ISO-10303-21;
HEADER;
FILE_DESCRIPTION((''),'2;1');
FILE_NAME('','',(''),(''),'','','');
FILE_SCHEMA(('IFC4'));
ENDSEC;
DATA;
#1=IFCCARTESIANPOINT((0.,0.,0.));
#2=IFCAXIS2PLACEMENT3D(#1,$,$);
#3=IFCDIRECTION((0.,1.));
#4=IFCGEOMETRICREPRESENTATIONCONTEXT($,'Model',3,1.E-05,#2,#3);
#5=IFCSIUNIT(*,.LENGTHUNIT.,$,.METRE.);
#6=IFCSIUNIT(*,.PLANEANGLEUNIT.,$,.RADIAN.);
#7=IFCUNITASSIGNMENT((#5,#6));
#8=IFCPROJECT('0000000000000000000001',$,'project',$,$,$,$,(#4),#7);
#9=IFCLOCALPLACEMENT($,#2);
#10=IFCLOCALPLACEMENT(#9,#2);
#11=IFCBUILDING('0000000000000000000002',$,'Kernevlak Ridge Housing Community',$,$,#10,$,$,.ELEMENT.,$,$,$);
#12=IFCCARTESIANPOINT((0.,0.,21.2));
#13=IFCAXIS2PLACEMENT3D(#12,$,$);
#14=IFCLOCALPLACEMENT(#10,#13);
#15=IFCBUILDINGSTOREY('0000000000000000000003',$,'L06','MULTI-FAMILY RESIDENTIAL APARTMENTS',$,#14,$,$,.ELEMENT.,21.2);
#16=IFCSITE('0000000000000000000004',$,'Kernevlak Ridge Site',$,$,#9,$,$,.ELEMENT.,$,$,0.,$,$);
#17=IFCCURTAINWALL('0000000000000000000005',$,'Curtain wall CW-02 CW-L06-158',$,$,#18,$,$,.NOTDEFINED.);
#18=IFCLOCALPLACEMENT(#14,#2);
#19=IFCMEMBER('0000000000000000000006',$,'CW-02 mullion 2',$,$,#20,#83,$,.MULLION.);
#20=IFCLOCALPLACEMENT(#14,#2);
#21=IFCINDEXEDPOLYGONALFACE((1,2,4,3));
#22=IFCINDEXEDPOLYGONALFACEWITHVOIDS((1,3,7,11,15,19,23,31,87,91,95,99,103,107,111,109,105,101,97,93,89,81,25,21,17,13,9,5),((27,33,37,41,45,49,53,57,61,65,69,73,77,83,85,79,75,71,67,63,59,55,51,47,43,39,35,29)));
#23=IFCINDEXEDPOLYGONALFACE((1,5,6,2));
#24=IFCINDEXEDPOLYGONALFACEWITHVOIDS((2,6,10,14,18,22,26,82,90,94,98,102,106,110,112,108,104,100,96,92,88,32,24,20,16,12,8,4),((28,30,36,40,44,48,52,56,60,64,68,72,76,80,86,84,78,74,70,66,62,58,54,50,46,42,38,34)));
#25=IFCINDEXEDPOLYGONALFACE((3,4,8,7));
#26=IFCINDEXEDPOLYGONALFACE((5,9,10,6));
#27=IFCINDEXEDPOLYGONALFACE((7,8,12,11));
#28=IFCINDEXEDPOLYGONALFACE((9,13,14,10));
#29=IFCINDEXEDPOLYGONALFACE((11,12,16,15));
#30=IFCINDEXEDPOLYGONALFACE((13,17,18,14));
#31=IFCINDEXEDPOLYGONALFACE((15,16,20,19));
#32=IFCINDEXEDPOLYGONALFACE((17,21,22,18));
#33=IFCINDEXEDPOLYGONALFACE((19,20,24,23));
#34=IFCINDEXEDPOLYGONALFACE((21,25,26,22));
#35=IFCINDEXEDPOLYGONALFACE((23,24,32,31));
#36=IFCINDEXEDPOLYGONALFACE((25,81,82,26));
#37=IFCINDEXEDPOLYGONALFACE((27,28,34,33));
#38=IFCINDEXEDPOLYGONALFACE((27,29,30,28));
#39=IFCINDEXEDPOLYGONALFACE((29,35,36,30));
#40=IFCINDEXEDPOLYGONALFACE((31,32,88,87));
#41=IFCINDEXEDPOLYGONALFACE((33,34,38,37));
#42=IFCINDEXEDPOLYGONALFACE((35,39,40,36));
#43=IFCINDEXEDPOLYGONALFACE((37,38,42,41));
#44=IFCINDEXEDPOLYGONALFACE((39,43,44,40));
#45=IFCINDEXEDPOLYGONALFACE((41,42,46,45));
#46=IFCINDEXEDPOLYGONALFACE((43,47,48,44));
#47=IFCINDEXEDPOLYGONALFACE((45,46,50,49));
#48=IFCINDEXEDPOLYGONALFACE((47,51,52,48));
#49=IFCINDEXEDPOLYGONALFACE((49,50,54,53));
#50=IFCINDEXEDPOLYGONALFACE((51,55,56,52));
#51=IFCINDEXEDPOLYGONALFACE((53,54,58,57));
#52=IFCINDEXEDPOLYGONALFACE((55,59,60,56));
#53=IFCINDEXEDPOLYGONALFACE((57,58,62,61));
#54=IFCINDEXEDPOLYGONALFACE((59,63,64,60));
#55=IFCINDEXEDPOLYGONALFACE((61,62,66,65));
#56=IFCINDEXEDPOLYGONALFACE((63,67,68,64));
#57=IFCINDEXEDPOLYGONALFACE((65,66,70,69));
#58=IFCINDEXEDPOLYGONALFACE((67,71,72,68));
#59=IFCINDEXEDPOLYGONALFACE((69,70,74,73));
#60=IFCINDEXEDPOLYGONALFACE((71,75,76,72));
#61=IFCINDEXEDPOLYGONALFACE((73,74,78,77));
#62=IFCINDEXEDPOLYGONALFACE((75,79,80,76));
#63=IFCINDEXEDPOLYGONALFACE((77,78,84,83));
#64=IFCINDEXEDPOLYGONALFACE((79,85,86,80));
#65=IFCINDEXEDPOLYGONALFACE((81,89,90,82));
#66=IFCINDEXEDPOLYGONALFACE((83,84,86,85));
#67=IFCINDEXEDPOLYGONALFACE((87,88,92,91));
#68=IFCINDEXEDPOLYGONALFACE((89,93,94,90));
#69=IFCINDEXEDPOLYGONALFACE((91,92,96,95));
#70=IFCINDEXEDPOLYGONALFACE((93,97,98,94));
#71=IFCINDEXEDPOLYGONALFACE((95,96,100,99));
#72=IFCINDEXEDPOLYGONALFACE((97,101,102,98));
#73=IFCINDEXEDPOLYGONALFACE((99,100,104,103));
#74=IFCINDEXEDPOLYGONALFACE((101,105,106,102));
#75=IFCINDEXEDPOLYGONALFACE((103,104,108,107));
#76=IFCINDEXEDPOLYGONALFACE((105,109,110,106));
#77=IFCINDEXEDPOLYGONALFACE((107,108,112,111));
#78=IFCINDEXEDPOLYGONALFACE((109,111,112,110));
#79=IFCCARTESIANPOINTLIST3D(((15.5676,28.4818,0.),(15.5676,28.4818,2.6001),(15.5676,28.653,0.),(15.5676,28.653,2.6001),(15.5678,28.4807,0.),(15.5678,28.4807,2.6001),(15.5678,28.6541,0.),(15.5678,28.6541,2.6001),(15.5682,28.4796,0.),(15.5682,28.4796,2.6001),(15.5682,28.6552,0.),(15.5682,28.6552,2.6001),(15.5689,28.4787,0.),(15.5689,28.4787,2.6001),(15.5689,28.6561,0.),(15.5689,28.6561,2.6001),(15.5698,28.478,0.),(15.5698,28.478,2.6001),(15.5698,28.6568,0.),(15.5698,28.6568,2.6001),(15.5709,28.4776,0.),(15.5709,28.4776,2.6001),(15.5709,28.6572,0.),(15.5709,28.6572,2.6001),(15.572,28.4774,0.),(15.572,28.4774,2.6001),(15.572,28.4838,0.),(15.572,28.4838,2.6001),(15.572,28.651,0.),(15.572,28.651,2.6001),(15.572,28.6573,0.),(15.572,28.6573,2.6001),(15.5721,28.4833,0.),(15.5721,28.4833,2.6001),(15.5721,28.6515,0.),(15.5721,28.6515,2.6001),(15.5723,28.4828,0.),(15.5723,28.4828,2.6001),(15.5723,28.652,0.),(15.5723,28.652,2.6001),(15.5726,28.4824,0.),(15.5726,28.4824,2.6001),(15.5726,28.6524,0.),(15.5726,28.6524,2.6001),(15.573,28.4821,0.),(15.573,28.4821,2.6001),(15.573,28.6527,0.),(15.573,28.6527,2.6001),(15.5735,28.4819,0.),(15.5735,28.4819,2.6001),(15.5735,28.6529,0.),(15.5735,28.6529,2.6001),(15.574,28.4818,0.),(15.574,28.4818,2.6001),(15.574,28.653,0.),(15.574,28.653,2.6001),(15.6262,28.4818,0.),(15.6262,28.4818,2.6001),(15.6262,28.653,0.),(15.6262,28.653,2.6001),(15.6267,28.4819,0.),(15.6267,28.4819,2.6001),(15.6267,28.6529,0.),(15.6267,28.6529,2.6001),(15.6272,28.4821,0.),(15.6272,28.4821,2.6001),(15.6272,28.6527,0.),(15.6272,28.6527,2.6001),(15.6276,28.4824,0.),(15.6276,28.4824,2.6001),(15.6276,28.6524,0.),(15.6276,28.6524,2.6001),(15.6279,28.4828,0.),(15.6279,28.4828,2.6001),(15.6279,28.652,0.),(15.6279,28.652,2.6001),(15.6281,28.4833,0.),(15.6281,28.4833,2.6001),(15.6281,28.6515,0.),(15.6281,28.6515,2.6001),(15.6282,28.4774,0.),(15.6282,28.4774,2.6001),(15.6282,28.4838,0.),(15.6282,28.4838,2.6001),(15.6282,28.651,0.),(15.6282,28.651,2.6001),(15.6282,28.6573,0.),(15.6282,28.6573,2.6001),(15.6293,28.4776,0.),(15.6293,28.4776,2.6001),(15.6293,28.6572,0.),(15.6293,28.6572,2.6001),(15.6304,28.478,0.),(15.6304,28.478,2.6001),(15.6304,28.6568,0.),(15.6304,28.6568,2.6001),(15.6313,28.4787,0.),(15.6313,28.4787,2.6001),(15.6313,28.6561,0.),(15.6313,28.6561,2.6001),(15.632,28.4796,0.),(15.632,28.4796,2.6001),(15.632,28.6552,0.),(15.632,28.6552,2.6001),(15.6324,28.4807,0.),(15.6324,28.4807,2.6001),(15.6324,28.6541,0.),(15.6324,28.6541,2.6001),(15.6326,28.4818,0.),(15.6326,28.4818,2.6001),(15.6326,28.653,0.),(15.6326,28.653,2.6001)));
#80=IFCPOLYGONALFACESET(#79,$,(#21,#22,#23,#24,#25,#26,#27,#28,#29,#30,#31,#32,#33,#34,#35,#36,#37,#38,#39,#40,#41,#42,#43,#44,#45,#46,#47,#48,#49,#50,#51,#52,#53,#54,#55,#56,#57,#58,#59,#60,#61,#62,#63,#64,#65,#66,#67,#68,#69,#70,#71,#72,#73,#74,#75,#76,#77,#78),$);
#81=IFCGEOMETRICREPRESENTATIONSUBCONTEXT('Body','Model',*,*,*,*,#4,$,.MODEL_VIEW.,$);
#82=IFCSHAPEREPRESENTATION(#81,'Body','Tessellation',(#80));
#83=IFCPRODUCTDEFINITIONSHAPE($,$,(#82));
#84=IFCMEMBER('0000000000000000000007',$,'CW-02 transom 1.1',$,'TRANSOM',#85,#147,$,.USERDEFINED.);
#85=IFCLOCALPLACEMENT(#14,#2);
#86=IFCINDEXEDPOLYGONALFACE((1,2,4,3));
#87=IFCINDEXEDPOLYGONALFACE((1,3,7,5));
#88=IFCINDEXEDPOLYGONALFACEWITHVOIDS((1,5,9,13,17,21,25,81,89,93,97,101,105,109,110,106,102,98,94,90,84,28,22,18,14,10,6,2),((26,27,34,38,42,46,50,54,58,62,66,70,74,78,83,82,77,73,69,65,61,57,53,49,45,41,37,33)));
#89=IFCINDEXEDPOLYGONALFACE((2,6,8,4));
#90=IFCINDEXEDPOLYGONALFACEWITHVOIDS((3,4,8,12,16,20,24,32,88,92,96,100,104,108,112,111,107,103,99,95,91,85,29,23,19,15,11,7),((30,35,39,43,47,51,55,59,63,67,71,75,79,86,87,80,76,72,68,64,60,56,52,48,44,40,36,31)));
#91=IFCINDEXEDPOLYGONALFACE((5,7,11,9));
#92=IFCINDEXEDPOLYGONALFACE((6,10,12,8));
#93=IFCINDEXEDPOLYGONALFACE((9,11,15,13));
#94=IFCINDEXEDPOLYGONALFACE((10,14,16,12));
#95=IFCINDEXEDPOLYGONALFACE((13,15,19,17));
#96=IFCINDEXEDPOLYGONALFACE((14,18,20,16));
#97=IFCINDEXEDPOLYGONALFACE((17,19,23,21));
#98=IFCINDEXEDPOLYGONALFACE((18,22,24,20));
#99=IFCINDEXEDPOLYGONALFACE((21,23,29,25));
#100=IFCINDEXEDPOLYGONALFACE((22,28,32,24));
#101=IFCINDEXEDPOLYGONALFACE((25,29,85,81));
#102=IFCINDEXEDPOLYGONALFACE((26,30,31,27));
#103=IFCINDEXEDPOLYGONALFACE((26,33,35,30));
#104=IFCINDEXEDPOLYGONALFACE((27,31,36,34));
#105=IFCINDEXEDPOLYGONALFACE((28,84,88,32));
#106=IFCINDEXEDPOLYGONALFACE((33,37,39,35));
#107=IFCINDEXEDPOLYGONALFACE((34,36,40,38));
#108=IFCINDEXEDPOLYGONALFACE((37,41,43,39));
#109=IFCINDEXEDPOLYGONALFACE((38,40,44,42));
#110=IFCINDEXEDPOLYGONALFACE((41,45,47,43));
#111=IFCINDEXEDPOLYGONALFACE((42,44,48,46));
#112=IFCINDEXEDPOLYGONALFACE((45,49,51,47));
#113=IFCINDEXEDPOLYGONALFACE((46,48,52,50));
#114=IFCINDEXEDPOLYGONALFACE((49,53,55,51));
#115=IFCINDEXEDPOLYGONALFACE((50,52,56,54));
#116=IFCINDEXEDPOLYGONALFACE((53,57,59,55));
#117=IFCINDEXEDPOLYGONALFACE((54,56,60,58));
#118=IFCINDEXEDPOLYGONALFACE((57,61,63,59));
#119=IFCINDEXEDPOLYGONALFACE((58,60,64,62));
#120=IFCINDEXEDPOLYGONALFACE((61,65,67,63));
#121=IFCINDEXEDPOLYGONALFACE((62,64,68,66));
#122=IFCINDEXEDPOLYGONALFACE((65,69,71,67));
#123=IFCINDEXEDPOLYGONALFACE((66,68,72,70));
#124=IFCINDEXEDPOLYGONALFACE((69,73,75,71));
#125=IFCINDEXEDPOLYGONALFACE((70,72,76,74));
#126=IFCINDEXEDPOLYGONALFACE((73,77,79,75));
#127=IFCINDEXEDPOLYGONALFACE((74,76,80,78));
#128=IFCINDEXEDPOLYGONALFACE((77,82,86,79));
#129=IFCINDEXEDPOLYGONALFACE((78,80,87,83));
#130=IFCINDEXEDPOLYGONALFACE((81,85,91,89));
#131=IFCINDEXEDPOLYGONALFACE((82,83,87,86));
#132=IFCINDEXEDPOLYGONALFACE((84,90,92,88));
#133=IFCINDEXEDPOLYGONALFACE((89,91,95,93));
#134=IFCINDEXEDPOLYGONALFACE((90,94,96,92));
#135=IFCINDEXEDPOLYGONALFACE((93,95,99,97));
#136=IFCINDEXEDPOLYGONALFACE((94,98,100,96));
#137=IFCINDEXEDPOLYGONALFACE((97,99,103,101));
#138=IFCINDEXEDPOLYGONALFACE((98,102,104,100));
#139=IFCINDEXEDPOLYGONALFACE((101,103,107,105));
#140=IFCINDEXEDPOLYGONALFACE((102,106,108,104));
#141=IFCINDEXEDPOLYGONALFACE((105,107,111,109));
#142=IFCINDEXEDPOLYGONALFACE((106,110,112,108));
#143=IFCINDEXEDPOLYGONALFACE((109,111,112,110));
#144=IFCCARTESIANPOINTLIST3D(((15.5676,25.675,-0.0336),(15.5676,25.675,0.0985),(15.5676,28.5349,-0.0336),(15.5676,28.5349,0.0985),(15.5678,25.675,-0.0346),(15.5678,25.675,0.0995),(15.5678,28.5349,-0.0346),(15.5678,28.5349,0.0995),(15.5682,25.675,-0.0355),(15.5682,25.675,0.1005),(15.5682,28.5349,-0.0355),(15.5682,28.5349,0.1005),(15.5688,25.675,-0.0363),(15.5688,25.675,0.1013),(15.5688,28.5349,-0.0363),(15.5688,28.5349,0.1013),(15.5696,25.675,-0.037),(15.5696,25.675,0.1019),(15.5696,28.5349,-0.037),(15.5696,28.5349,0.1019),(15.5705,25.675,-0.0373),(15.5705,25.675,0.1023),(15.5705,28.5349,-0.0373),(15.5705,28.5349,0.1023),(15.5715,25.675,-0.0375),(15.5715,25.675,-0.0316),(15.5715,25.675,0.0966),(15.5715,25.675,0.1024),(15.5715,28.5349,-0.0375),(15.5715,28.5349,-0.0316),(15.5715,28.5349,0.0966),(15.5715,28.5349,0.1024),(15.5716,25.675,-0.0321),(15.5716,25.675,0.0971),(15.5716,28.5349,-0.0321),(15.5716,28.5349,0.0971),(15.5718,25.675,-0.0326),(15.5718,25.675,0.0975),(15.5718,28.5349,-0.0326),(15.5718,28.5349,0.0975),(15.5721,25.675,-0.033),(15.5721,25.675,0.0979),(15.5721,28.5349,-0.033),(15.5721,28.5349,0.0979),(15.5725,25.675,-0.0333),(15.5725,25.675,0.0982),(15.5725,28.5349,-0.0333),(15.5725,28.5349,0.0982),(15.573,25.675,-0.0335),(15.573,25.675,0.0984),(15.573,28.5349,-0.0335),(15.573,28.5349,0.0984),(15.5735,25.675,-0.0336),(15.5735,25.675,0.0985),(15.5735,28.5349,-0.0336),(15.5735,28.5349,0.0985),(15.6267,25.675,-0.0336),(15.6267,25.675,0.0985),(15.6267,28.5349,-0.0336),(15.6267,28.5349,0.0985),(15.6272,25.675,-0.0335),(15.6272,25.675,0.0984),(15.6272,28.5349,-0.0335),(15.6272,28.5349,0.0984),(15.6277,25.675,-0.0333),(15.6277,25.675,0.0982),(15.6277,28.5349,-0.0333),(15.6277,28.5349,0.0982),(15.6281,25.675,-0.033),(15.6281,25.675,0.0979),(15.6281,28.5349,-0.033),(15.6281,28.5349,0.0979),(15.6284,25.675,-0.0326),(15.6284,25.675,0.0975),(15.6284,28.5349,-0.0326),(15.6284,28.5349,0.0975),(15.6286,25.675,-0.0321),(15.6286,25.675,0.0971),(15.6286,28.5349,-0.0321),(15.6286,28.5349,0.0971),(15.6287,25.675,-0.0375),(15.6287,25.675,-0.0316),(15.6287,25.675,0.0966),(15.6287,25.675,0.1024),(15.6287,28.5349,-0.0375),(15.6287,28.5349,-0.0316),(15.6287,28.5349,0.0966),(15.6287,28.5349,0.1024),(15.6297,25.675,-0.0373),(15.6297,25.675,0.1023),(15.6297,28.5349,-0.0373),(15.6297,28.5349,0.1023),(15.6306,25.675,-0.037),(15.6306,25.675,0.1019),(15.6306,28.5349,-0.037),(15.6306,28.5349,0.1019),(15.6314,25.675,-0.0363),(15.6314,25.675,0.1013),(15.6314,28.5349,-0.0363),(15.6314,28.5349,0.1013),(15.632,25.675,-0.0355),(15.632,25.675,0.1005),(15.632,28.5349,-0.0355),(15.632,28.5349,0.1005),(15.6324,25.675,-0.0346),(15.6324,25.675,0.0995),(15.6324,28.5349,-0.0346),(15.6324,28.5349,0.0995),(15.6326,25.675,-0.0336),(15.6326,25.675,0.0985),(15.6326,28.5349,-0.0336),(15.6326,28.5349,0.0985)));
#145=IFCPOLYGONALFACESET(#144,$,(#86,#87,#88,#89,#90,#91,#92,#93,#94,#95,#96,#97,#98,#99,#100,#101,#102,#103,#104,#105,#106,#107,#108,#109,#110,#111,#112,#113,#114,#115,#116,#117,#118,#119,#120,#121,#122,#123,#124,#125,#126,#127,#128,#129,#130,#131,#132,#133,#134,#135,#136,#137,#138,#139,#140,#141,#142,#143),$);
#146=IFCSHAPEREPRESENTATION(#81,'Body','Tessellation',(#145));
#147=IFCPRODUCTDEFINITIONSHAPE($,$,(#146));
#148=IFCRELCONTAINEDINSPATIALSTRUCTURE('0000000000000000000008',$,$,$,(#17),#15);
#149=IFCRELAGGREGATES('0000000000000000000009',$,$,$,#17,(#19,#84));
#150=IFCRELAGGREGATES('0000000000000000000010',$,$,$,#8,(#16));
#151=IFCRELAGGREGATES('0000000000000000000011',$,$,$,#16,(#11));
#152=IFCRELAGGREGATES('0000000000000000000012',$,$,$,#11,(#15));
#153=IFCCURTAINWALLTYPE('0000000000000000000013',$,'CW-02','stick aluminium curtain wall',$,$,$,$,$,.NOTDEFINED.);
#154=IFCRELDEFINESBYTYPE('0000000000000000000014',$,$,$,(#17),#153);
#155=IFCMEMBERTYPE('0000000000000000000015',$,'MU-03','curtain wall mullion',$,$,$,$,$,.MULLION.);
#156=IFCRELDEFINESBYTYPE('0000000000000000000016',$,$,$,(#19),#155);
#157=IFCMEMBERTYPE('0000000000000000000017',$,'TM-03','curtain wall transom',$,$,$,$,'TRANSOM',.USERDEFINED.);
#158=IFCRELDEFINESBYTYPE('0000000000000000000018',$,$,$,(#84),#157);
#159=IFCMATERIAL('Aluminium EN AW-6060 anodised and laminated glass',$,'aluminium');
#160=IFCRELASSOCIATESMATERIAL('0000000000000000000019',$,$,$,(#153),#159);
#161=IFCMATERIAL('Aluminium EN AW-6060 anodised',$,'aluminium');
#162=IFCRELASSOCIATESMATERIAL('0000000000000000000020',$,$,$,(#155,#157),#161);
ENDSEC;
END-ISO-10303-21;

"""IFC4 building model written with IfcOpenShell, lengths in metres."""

from ifc_helpers import new_model, si_unit, direction, frame, origin, origin_2d, place, context, subcontext, project, spatial, hollow_rectangle, extrude, material, material_profile, profile_set, type_object, element, aggregate, save


model = new_model("IFC4")

# Units and contexts
model_context = context("Model", 3, precision=1e-05, world=origin(), true_north=direction((0.0, 1.0)))
body_context = subcontext(model_context, "Body", "Model", "MODEL_VIEW")
ifc_project = project(units=[si_unit("LENGTHUNIT", "METRE"), si_unit("PLANEANGLEUNIT", "RADIAN")], contexts=[model_context])

# Site, building, storey
site_placement = place(None, origin())
site = spatial("IfcSite", under=ifc_project, at=site_placement, Name="Kernevlak Ridge Site", CompositionType="ELEMENT", RefElevation=0.0)
building_placement = place(site_placement, origin())
building = spatial("IfcBuilding", under=site, at=building_placement, Name="Kernevlak Ridge Housing Community", CompositionType="ELEMENT")
storey_placement = place(building_placement, frame((0.0, 0.0, 21.2)))
storey = spatial("IfcBuildingStorey", under=building, at=storey_placement, Name="L06", Description="MULTI-FAMILY RESIDENTIAL APARTMENTS", CompositionType="ELEMENT", Elevation=21.2)

# Shared definitions
ifc_material_1 = material(Name="Aluminium EN AW-6060 anodised and laminated glass", Category="aluminium")
ifc_material_2 = material(Name="Aluminium EN AW-6060 anodised", Category="aluminium")

# Curtain wall, members
curtain_wall_type_1 = type_object("IfcCurtainWallType", Name="CW-02", Description="stick aluminium curtain wall", PredefinedType="NOTDEFINED", material=ifc_material_1)
curtain_wall_1_placement = place(storey_placement, origin())
curtain_wall_1 = element("IfcCurtainWall", 1, at=curtain_wall_1_placement, inside=storey, type_object=curtain_wall_type_1, Name="Curtain wall CW-02 CW-L06-158", PredefinedType="NOTDEFINED")
ifc_material_profile_1 = material_profile(ifc_material_2, hollow_rectangle(XDim=0.0649, YDim=0.1799, WallThickness=0.0044, InnerFilletRadius=0.002, OuterFilletRadius=0.0044, at=origin_2d()), Name="ALU 65x180x4.5")
ifc_profile_set_1 = profile_set([ifc_material_profile_1], Name="Aluminium EN AW-6060 anodised")
member_type_1 = type_object("IfcMemberType", Name="MU-03", Description="curtain wall mullion", PredefinedType="MULLION", material=ifc_profile_set_1)
member_1_placement = place(storey_placement, frame((15.6001, 28.5674, 0.0), z_axis=(0.0, 0.0, 1.0), x_axis=(-1.0, 0.0, 0.0)))
member_1 = element("IfcMember", 2, at=member_1_placement, type_object=member_type_1, Name="CW-02 mullion 2", PredefinedType="MULLION", context=body_context, shape_type="SweptSolid", body=[
    extrude(hollow_rectangle(XDim=0.0649, YDim=0.1799, WallThickness=0.0044, InnerFilletRadius=0.002, OuterFilletRadius=0.0044, at=origin_2d()), origin(), (0.0, 0.0, 1.0), 2.6001),
])
ifc_material_profile_2 = material_profile(ifc_material_2, hollow_rectangle(XDim=0.0649, YDim=0.1399, WallThickness=0.0039, InnerFilletRadius=0.002, OuterFilletRadius=0.0039, at=origin_2d()), Name="ALU 65x140x4")
ifc_profile_set_2 = profile_set([ifc_material_profile_2], Name="Aluminium EN AW-6060 anodised")
member_type_2 = type_object("IfcMemberType", Name="TM-03", Description="curtain wall transom", ElementType="TRANSOM", PredefinedType="USERDEFINED", material=ifc_profile_set_2)
member_2_placement = place(storey_placement, frame((15.6001, 25.675, 0.0325), z_axis=(0.0, 1.0, 0.0), x_axis=(-1.0, 0.0, 0.0)))
member_2 = element("IfcMember", 3, at=member_2_placement, type_object=member_type_2, Name="CW-02 transom 1.1", ObjectType="TRANSOM", PredefinedType="USERDEFINED", context=body_context, shape_type="SweptSolid", body=[
    extrude(hollow_rectangle(XDim=0.0649, YDim=0.1399, WallThickness=0.0039, InnerFilletRadius=0.002, OuterFilletRadius=0.0039, at=origin_2d()), origin(), (0.0, 0.0, 1.0), 2.8599),
])

aggregate(curtain_wall_1, [member_1, member_2])

save(model, "model.ifc")
